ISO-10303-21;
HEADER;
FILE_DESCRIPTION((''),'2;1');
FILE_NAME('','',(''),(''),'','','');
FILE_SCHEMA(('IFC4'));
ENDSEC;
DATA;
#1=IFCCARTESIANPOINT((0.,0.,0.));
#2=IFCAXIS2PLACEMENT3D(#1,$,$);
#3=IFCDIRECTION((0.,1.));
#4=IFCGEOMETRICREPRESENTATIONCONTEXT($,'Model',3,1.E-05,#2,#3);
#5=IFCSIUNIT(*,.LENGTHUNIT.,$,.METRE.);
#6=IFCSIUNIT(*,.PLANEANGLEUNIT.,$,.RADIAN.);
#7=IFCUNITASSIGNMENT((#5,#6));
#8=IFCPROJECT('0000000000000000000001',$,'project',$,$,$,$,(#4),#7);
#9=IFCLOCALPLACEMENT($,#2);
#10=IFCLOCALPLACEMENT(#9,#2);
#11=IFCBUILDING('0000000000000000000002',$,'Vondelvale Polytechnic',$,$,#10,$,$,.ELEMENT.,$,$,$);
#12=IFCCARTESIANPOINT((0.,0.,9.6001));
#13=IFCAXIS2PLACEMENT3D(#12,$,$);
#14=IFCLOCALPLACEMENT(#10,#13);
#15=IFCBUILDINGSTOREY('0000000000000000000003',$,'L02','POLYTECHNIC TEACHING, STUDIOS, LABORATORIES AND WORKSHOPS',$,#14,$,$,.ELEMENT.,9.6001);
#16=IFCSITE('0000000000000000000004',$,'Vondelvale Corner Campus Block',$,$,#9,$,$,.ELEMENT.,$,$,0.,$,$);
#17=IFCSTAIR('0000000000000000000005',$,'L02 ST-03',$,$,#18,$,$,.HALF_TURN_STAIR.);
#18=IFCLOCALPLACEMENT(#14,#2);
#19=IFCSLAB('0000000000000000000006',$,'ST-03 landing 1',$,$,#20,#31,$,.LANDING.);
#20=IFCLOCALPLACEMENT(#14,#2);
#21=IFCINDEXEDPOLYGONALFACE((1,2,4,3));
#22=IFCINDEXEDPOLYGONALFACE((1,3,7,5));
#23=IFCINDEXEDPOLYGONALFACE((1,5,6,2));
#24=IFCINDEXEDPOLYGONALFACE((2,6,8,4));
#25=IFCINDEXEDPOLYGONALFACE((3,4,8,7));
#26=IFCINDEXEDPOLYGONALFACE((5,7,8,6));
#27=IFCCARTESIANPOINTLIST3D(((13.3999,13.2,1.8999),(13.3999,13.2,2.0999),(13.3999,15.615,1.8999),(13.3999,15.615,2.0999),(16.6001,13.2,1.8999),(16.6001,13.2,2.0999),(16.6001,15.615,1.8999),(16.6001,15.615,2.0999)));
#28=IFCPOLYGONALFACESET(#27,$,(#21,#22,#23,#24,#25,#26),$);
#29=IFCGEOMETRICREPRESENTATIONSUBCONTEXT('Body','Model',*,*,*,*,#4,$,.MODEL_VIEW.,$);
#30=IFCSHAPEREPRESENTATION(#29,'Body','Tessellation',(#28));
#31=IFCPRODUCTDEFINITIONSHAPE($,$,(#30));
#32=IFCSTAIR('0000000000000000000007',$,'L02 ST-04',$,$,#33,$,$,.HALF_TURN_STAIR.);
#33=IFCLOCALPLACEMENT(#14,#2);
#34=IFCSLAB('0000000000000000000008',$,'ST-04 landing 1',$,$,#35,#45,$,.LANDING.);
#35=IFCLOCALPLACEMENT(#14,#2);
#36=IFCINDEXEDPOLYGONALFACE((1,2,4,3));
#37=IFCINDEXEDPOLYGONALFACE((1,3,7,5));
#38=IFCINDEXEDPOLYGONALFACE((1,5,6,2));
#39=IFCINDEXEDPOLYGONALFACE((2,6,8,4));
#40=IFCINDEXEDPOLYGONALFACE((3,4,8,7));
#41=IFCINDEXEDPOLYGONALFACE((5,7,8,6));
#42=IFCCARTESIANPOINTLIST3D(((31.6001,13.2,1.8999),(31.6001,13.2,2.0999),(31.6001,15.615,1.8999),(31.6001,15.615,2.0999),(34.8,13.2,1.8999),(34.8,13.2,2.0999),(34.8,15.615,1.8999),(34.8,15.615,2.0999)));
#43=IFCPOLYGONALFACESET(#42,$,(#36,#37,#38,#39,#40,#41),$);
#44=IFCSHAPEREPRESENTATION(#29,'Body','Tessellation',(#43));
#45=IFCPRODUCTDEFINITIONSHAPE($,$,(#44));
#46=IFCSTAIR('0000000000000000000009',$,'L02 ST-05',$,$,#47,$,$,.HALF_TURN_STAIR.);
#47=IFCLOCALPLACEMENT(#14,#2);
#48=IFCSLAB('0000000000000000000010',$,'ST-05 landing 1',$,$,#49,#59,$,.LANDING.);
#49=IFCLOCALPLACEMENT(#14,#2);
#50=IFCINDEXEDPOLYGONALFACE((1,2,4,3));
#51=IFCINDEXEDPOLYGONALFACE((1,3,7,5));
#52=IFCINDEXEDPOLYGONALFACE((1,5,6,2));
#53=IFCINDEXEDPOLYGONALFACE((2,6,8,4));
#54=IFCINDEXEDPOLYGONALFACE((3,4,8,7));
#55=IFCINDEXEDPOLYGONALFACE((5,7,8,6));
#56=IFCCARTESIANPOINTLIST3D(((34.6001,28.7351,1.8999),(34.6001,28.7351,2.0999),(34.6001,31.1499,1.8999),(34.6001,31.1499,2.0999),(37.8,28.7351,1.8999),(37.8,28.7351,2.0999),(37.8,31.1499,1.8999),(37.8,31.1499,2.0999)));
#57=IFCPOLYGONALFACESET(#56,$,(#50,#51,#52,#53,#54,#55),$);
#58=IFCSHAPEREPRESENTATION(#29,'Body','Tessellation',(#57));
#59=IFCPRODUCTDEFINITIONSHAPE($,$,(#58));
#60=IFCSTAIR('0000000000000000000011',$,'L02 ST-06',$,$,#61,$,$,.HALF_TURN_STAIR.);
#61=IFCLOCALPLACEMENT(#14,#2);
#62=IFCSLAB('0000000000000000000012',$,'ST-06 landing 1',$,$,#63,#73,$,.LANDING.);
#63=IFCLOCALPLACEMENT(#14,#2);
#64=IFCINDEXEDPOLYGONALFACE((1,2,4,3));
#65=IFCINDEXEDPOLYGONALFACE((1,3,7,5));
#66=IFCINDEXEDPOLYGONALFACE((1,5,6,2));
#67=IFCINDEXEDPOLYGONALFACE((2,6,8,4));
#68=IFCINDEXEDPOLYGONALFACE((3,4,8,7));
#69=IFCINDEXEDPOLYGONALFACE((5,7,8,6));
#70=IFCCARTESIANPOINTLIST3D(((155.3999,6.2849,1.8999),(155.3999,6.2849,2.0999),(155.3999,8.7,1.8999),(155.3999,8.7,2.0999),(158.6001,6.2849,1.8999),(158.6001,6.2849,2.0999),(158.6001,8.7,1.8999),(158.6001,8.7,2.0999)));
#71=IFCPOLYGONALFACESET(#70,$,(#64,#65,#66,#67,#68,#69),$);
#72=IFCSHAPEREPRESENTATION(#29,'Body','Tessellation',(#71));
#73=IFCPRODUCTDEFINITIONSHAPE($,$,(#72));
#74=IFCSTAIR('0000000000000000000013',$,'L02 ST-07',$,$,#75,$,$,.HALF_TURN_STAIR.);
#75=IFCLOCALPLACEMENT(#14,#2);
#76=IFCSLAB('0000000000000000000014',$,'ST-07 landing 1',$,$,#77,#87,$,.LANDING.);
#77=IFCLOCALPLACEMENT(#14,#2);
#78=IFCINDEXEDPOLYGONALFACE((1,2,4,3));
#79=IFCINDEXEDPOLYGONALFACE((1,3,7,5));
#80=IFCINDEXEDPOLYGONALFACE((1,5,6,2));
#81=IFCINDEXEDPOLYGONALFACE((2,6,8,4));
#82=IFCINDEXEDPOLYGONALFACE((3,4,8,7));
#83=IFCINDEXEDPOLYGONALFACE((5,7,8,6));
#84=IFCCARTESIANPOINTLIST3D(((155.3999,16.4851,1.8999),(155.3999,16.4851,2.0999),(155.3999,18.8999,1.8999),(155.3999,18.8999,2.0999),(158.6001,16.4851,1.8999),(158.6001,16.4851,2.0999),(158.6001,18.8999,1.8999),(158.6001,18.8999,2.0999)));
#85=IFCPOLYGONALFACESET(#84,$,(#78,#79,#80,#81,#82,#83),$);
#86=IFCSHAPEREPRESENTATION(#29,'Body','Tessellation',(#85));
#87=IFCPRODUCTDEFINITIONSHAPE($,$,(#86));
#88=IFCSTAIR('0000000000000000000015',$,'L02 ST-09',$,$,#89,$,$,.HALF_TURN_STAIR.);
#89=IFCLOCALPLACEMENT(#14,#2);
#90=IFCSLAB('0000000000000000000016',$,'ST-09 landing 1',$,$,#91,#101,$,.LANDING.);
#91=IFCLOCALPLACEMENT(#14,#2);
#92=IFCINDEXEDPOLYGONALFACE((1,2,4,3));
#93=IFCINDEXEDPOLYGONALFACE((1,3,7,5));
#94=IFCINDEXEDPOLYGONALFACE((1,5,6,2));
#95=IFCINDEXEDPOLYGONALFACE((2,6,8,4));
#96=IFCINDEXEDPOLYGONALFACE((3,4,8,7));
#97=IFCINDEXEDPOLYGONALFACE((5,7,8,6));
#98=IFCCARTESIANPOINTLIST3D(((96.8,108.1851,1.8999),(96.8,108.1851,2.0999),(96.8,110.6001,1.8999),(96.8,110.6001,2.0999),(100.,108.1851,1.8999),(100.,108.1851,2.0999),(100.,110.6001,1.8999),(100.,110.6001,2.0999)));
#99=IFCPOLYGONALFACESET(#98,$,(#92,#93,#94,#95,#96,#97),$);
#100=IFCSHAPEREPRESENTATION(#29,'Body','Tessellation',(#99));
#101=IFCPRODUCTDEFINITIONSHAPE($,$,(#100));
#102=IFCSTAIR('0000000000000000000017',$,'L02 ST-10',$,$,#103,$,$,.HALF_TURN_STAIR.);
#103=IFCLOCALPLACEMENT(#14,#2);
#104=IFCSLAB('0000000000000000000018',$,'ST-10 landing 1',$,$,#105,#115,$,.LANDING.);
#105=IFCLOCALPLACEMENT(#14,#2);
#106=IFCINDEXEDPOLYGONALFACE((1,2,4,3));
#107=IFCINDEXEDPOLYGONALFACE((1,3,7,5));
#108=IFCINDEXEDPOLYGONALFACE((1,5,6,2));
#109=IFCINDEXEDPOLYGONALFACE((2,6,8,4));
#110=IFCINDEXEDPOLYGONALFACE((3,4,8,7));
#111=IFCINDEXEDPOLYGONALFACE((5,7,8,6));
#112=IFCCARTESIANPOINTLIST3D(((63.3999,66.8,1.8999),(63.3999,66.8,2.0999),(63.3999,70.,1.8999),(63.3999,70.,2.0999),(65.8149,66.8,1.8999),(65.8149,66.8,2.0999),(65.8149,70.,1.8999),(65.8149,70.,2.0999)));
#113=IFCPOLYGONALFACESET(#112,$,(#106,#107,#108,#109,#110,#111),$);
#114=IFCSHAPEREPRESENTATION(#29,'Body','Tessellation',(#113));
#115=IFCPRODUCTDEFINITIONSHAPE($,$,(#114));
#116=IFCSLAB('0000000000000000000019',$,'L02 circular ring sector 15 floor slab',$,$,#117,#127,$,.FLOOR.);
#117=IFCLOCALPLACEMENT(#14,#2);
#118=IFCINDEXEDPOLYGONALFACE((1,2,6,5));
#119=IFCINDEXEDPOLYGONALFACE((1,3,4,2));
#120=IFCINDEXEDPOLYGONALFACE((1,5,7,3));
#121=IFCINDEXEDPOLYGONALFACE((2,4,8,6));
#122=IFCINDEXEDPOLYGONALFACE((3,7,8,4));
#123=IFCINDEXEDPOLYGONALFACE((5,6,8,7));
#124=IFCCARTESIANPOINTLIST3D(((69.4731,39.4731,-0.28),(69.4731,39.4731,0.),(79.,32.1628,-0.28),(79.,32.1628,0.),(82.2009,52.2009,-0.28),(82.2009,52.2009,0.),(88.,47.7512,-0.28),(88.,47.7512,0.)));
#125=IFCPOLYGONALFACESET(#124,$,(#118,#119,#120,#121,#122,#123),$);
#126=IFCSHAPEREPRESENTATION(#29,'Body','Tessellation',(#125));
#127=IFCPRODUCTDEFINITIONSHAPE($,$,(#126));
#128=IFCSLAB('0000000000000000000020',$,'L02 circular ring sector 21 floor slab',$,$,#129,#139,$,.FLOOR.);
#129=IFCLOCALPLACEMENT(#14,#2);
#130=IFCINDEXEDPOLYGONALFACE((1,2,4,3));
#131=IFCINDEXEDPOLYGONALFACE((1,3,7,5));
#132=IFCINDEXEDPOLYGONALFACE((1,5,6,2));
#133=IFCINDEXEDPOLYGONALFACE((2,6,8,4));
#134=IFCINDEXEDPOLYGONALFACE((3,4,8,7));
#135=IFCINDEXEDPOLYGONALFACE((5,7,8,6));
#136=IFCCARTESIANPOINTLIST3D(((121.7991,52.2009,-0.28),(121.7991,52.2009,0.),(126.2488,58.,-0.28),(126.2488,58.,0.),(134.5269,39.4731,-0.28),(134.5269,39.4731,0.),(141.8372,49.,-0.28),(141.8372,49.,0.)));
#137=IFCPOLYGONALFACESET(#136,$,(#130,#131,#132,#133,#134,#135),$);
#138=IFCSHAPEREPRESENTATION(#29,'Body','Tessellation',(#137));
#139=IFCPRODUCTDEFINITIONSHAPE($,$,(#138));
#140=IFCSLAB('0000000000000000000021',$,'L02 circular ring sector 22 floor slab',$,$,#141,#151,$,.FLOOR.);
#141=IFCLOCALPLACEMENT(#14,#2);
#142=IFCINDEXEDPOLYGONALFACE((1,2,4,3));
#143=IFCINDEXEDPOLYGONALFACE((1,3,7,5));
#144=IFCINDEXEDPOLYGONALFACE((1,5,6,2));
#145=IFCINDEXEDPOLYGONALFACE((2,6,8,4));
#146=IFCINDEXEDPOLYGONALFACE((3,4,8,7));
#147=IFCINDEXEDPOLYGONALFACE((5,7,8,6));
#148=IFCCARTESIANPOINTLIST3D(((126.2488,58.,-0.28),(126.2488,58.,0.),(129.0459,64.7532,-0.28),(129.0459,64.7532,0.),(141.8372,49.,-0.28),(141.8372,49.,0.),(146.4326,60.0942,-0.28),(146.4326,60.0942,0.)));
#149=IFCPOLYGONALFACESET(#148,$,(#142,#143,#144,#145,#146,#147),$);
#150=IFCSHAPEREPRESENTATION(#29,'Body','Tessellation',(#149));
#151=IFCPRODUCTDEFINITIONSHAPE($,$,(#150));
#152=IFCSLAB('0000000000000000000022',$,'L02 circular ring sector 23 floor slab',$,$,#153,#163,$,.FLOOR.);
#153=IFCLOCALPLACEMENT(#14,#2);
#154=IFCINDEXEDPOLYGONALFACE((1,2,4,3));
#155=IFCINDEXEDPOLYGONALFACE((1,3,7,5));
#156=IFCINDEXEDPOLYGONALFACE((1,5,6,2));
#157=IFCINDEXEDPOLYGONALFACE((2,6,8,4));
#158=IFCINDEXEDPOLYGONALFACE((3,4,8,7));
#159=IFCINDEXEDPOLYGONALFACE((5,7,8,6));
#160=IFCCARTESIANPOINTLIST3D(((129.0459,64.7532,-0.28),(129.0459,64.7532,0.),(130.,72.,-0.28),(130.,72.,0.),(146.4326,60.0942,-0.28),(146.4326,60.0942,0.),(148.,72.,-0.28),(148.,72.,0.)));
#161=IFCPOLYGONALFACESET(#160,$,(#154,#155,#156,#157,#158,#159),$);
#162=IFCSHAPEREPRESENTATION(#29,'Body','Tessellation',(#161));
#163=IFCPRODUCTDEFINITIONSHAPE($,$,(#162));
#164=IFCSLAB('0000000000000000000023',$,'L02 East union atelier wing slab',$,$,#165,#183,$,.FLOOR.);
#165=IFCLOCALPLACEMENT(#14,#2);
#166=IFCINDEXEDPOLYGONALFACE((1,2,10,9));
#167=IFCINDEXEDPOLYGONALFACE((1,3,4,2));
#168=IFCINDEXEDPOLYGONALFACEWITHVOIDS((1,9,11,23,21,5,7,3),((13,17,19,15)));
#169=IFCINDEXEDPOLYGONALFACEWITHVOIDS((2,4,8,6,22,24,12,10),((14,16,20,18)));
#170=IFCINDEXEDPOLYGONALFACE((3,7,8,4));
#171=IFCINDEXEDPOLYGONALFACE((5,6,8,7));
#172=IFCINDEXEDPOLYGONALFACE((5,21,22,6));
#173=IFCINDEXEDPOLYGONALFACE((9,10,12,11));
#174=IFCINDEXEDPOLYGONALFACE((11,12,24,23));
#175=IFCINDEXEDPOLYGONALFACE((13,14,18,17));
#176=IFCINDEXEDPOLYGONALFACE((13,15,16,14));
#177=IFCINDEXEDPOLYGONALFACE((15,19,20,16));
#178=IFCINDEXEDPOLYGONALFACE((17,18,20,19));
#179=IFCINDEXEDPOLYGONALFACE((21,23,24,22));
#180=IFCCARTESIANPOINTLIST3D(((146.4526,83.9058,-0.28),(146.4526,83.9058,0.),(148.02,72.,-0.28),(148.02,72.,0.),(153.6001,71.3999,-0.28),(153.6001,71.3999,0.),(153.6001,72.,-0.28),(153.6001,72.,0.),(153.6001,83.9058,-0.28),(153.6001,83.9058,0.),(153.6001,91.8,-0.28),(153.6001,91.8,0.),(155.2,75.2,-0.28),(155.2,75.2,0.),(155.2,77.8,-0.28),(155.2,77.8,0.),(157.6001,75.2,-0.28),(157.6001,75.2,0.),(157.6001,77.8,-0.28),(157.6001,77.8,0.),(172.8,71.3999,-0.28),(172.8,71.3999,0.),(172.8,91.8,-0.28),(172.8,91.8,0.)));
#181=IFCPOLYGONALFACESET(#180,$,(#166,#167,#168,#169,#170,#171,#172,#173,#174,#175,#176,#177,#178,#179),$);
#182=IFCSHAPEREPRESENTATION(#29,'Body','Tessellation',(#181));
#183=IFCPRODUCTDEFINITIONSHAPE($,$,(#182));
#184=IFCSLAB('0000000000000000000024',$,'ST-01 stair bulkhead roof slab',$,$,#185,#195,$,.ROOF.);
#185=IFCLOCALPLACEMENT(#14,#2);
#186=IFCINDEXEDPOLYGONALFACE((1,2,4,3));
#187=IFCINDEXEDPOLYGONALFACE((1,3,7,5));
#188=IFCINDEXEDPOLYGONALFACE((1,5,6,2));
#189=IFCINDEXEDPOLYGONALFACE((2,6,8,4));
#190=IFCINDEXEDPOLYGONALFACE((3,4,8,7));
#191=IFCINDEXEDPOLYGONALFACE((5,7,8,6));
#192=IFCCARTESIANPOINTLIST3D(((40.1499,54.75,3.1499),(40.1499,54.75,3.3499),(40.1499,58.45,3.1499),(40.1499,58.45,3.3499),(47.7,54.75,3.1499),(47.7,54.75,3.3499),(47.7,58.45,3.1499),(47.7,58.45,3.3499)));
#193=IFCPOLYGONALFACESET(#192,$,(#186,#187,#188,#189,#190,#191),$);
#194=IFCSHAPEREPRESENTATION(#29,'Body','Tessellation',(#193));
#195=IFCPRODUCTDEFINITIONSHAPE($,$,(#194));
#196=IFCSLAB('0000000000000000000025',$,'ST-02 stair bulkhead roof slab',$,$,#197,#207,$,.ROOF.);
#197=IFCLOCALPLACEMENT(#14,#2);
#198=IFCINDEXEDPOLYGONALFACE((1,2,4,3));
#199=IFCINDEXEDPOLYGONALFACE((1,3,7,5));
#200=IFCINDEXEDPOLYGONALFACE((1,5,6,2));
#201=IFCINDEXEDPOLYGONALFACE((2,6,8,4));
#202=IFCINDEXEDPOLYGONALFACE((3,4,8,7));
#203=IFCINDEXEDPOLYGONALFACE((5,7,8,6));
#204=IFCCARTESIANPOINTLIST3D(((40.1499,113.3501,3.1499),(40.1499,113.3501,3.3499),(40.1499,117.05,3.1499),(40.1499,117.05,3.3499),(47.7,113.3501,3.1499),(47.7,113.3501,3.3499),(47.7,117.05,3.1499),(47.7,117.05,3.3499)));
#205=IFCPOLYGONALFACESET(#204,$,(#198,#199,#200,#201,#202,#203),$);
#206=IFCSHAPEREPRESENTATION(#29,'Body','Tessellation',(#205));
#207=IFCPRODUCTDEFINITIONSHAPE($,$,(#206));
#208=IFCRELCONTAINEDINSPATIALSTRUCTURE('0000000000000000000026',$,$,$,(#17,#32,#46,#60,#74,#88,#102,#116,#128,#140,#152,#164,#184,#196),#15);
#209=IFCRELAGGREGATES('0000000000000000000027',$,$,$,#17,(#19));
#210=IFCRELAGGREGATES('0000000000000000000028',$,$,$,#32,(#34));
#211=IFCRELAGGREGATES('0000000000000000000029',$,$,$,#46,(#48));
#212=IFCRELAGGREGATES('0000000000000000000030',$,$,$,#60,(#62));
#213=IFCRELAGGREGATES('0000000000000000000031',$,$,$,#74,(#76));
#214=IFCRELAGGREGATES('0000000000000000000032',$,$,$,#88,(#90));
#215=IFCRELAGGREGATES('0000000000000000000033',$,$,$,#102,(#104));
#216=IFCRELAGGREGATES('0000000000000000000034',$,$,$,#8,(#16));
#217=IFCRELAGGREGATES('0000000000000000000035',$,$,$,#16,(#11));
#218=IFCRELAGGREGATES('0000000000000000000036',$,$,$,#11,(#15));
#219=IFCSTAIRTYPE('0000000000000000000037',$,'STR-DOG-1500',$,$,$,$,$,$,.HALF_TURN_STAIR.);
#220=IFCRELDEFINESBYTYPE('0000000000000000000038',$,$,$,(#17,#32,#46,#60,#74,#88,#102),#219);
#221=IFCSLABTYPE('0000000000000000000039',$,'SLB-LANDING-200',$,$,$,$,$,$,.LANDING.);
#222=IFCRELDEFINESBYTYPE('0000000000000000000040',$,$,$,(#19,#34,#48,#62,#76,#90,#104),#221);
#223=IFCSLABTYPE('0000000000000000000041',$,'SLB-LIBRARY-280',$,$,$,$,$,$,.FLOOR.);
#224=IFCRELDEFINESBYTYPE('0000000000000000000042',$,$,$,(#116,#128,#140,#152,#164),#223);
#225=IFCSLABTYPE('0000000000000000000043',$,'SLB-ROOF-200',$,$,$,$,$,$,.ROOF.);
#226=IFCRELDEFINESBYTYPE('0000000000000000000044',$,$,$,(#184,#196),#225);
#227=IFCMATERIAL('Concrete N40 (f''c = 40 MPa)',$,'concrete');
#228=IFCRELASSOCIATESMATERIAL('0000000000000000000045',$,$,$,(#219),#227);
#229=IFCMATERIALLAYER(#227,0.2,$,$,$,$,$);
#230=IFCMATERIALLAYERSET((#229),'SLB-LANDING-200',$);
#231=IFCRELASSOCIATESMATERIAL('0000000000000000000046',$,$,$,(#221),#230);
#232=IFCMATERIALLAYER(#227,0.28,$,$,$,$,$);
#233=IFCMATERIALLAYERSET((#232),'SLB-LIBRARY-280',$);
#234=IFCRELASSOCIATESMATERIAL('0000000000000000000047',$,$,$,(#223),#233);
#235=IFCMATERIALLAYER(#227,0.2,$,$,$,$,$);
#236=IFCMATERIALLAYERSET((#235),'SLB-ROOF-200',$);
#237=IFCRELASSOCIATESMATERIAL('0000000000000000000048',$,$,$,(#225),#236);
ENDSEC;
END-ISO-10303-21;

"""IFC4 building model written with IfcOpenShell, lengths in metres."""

from ifc_helpers import new_model, si_unit, direction, frame, origin, place, context, subcontext, project, spatial, polyline, outline, extrude, material, layer, layer_set, type_object, element, aggregate, save


model = new_model("IFC4")

# Units and contexts
model_context = context("Model", 3, precision=1e-05, world=origin(), true_north=direction((0.0, 1.0)))
body_context = subcontext(model_context, "Body", "Model", "MODEL_VIEW")
ifc_project = project(units=[si_unit("LENGTHUNIT", "METRE"), si_unit("PLANEANGLEUNIT", "RADIAN")], contexts=[model_context])

# Site, building, storey
site_placement = place(None, origin())
site = spatial("IfcSite", under=ifc_project, at=site_placement, Name="Vondelvale Corner Campus Block", CompositionType="ELEMENT", RefElevation=0.0)
building_placement = place(site_placement, origin())
building = spatial("IfcBuilding", under=site, at=building_placement, Name="Vondelvale Polytechnic", CompositionType="ELEMENT")
storey_placement = place(building_placement, frame((0.0, 0.0, 9.6001)))
storey = spatial("IfcBuildingStorey", under=building, at=storey_placement, Name="L02", Description="POLYTECHNIC TEACHING, STUDIOS, LABORATORIES AND WORKSHOPS", CompositionType="ELEMENT", Elevation=9.6001)

# Stairs, slabs
ifc_material_1 = material(Name="Concrete N40 (f'c = 40 MPa)", Category="concrete")
stair_type = type_object("IfcStairType", Name="STR-DOG-1500", PredefinedType="HALF_TURN_STAIR", material=ifc_material_1)
stair_1_placement = place(storey_placement, origin())
stair_1 = element("IfcStair", 1, at=stair_1_placement, inside=storey, type_object=stair_type, Name="L02 ST-03", PredefinedType="HALF_TURN_STAIR")
ifc_layer_1 = layer(ifc_material_1, 0.2)
ifc_layer_set_1 = layer_set([ifc_layer_1], Name="SLB-LANDING-200")
slab_type_1 = type_object("IfcSlabType", Name="SLB-LANDING-200", PredefinedType="LANDING", material=ifc_layer_set_1)
slab_1_placement = place(storey_placement, frame((0.0, 0.0, 1.8999)))
slab_1 = element("IfcSlab", 2, at=slab_1_placement, type_object=slab_type_1, Name="ST-03 landing 1", PredefinedType="LANDING", context=body_context, shape_type="SweptSolid", body=[
    extrude(outline(polyline([(13.3999, 15.615), (13.3999, 13.2), (16.6001, 13.2), (16.6001, 15.615), (13.3999, 15.615)])), origin(), (0.0, 0.0, 1.0), 0.2),
])
aggregate(stair_1, [slab_1])
stair_2_placement = place(storey_placement, origin())
stair_2 = element("IfcStair", 3, at=stair_2_placement, inside=storey, type_object=stair_type, Name="L02 ST-04", PredefinedType="HALF_TURN_STAIR")
slab_2_placement = place(storey_placement, frame((0.0, 0.0, 1.8999)))
slab_2 = element("IfcSlab", 4, at=slab_2_placement, type_object=slab_type_1, Name="ST-04 landing 1", PredefinedType="LANDING", context=body_context, shape_type="SweptSolid", body=[
    extrude(outline(polyline([(31.6001, 15.615), (31.6001, 13.2), (34.8, 13.2), (34.8, 15.615), (31.6001, 15.615)])), origin(), (0.0, 0.0, 1.0), 0.2),
])
aggregate(stair_2, [slab_2])
stair_3_placement = place(storey_placement, origin())
stair_3 = element("IfcStair", 5, at=stair_3_placement, inside=storey, type_object=stair_type, Name="L02 ST-05", PredefinedType="HALF_TURN_STAIR")
slab_3_placement = place(storey_placement, frame((0.0, 0.0, 1.8999)))
slab_3 = element("IfcSlab", 6, at=slab_3_placement, type_object=slab_type_1, Name="ST-05 landing 1", PredefinedType="LANDING", context=body_context, shape_type="SweptSolid", body=[
    extrude(outline(polyline([(37.8, 28.7351), (37.8, 31.1499), (34.6001, 31.1499), (34.6001, 28.7351), (37.8, 28.7351)])), origin(), (0.0, 0.0, 1.0), 0.2),
])
aggregate(stair_3, [slab_3])
stair_4_placement = place(storey_placement, origin())
stair_4 = element("IfcStair", 7, at=stair_4_placement, inside=storey, type_object=stair_type, Name="L02 ST-06", PredefinedType="HALF_TURN_STAIR")
slab_4_placement = place(storey_placement, frame((0.0, 0.0, 1.8999)))
slab_4 = element("IfcSlab", 8, at=slab_4_placement, type_object=slab_type_1, Name="ST-06 landing 1", PredefinedType="LANDING", context=body_context, shape_type="SweptSolid", body=[
    extrude(outline(polyline([(158.6001, 6.2849), (158.6001, 8.7), (155.3999, 8.7), (155.3999, 6.2849), (158.6001, 6.2849)])), origin(), (0.0, 0.0, 1.0), 0.2),
])
aggregate(stair_4, [slab_4])
stair_5_placement = place(storey_placement, origin())
stair_5 = element("IfcStair", 9, at=stair_5_placement, inside=storey, type_object=stair_type, Name="L02 ST-07", PredefinedType="HALF_TURN_STAIR")
slab_5_placement = place(storey_placement, frame((0.0, 0.0, 1.8999)))
slab_5 = element("IfcSlab", 10, at=slab_5_placement, type_object=slab_type_1, Name="ST-07 landing 1", PredefinedType="LANDING", context=body_context, shape_type="SweptSolid", body=[
    extrude(outline(polyline([(158.6001, 16.4851), (158.6001, 18.8999), (155.3999, 18.8999), (155.3999, 16.4851), (158.6001, 16.4851)])), origin(), (0.0, 0.0, 1.0), 0.2),
])
aggregate(stair_5, [slab_5])
stair_6_placement = place(storey_placement, origin())
stair_6 = element("IfcStair", 11, at=stair_6_placement, inside=storey, type_object=stair_type, Name="L02 ST-09", PredefinedType="HALF_TURN_STAIR")
slab_6_placement = place(storey_placement, frame((0.0, 0.0, 1.8999)))
slab_6 = element("IfcSlab", 12, at=slab_6_placement, type_object=slab_type_1, Name="ST-09 landing 1", PredefinedType="LANDING", context=body_context, shape_type="SweptSolid", body=[
    extrude(outline(polyline([(100.0, 108.1851), (100.0, 110.6001), (96.8, 110.6001), (96.8, 108.1851), (100.0, 108.1851)])), origin(), (0.0, 0.0, 1.0), 0.2),
])
aggregate(stair_6, [slab_6])
stair_7_placement = place(storey_placement, origin())
stair_7 = element("IfcStair", 13, at=stair_7_placement, inside=storey, type_object=stair_type, Name="L02 ST-10", PredefinedType="HALF_TURN_STAIR")
slab_7_placement = place(storey_placement, frame((0.0, 0.0, 1.8999)))
slab_7 = element("IfcSlab", 14, at=slab_7_placement, type_object=slab_type_1, Name="ST-10 landing 1", PredefinedType="LANDING", context=body_context, shape_type="SweptSolid", body=[
    extrude(outline(polyline([(65.8149, 70.0), (63.3999, 70.0), (63.3999, 66.8), (65.8149, 66.8), (65.8149, 70.0)])), origin(), (0.0, 0.0, 1.0), 0.2),
])
aggregate(stair_7, [slab_7])

# Slabs
ifc_layer_2 = layer(ifc_material_1, 0.28)
ifc_layer_set_2 = layer_set([ifc_layer_2], Name="SLB-LIBRARY-280")
slab_type_2 = type_object("IfcSlabType", Name="SLB-LIBRARY-280", PredefinedType="FLOOR", material=ifc_layer_set_2)
slab_8_placement = place(storey_placement, frame((0.0, 0.0, -0.28)))
element("IfcSlab", 15, at=slab_8_placement, inside=storey, type_object=slab_type_2, Name="L02 circular ring sector 15 floor slab", PredefinedType="FLOOR", context=body_context, shape_type="SweptSolid", body=[
    extrude(outline(polyline([(82.2009, 52.2009), (69.4731, 39.4731), (79.0, 32.1628), (88.0, 47.7512), (82.2009, 52.2009)])), origin(), (0.0, 0.0, 1.0), 0.28),
])
slab_9_placement = place(storey_placement, frame((0.0, 0.0, -0.28)))
element("IfcSlab", 16, at=slab_9_placement, inside=storey, type_object=slab_type_2, Name="L02 circular ring sector 21 floor slab", PredefinedType="FLOOR", context=body_context, shape_type="SweptSolid", body=[
    extrude(outline(polyline([(121.7991, 52.2009), (134.5269, 39.4731), (141.8372, 49.0), (126.2488, 58.0), (121.7991, 52.2009)])), origin(), (0.0, 0.0, 1.0), 0.28),
])
slab_10_placement = place(storey_placement, frame((0.0, 0.0, -0.28)))
element("IfcSlab", 17, at=slab_10_placement, inside=storey, type_object=slab_type_2, Name="L02 circular ring sector 22 floor slab", PredefinedType="FLOOR", context=body_context, shape_type="SweptSolid", body=[
    extrude(outline(polyline([(126.2488, 58.0), (141.8372, 49.0), (146.4326, 60.0942), (129.0459, 64.7532), (126.2488, 58.0)])), origin(), (0.0, 0.0, 1.0), 0.28),
])
slab_11_placement = place(storey_placement, frame((0.0, 0.0, -0.28)))
element("IfcSlab", 18, at=slab_11_placement, inside=storey, type_object=slab_type_2, Name="L02 circular ring sector 23 floor slab", PredefinedType="FLOOR", context=body_context, shape_type="SweptSolid", body=[
    extrude(outline(polyline([(129.0459, 64.7532), (146.4326, 60.0942), (148.0, 72.0), (130.0, 72.0), (129.0459, 64.7532)])), origin(), (0.0, 0.0, 1.0), 0.28),
])
slab_12_placement = place(storey_placement, frame((0.0, 0.0, -0.28)))
element("IfcSlab", 19, at=slab_12_placement, inside=storey, type_object=slab_type_2, Name="L02 East union atelier wing slab", PredefinedType="FLOOR", context=body_context, shape_type="SweptSolid", body=[
    extrude(outline(polyline([(153.6001, 71.3999), (172.8, 71.3999), (172.8, 91.8), (153.6001, 91.8), (153.6001, 83.9058), (146.4526, 83.9058), (148.02, 72.0), (153.6001, 72.0), (153.6001, 71.3999)]), holes=[polyline([(155.2, 75.2), (157.6001, 75.2), (157.6001, 77.8), (155.2, 77.8), (155.2, 75.2)])]), origin(), (0.0, 0.0, 1.0), 0.28),
])
ifc_layer_3 = layer(ifc_material_1, 0.2)
ifc_layer_set_3 = layer_set([ifc_layer_3], Name="SLB-ROOF-200")
slab_type_3 = type_object("IfcSlabType", Name="SLB-ROOF-200", PredefinedType="ROOF", material=ifc_layer_set_3)
slab_13_placement = place(storey_placement, frame((0.0, 0.0, 3.1499)))
element("IfcSlab", 20, at=slab_13_placement, inside=storey, type_object=slab_type_3, Name="ST-01 stair bulkhead roof slab", PredefinedType="ROOF", context=body_context, shape_type="SweptSolid", body=[
    extrude(outline(polyline([(40.1499, 54.75), (47.7, 54.75), (47.7, 58.45), (40.1499, 58.45), (40.1499, 54.75)])), origin(), (0.0, 0.0, 1.0), 0.2),
])
slab_14_placement = place(storey_placement, frame((0.0, 0.0, 3.1499)))
element("IfcSlab", 21, at=slab_14_placement, inside=storey, type_object=slab_type_3, Name="ST-02 stair bulkhead roof slab", PredefinedType="ROOF", context=body_context, shape_type="SweptSolid", body=[
    extrude(outline(polyline([(40.1499, 113.3501), (47.7, 113.3501), (47.7, 117.05), (40.1499, 117.05), (40.1499, 113.3501)])), origin(), (0.0, 0.0, 1.0), 0.2),
])

save(model, "model.ifc")
